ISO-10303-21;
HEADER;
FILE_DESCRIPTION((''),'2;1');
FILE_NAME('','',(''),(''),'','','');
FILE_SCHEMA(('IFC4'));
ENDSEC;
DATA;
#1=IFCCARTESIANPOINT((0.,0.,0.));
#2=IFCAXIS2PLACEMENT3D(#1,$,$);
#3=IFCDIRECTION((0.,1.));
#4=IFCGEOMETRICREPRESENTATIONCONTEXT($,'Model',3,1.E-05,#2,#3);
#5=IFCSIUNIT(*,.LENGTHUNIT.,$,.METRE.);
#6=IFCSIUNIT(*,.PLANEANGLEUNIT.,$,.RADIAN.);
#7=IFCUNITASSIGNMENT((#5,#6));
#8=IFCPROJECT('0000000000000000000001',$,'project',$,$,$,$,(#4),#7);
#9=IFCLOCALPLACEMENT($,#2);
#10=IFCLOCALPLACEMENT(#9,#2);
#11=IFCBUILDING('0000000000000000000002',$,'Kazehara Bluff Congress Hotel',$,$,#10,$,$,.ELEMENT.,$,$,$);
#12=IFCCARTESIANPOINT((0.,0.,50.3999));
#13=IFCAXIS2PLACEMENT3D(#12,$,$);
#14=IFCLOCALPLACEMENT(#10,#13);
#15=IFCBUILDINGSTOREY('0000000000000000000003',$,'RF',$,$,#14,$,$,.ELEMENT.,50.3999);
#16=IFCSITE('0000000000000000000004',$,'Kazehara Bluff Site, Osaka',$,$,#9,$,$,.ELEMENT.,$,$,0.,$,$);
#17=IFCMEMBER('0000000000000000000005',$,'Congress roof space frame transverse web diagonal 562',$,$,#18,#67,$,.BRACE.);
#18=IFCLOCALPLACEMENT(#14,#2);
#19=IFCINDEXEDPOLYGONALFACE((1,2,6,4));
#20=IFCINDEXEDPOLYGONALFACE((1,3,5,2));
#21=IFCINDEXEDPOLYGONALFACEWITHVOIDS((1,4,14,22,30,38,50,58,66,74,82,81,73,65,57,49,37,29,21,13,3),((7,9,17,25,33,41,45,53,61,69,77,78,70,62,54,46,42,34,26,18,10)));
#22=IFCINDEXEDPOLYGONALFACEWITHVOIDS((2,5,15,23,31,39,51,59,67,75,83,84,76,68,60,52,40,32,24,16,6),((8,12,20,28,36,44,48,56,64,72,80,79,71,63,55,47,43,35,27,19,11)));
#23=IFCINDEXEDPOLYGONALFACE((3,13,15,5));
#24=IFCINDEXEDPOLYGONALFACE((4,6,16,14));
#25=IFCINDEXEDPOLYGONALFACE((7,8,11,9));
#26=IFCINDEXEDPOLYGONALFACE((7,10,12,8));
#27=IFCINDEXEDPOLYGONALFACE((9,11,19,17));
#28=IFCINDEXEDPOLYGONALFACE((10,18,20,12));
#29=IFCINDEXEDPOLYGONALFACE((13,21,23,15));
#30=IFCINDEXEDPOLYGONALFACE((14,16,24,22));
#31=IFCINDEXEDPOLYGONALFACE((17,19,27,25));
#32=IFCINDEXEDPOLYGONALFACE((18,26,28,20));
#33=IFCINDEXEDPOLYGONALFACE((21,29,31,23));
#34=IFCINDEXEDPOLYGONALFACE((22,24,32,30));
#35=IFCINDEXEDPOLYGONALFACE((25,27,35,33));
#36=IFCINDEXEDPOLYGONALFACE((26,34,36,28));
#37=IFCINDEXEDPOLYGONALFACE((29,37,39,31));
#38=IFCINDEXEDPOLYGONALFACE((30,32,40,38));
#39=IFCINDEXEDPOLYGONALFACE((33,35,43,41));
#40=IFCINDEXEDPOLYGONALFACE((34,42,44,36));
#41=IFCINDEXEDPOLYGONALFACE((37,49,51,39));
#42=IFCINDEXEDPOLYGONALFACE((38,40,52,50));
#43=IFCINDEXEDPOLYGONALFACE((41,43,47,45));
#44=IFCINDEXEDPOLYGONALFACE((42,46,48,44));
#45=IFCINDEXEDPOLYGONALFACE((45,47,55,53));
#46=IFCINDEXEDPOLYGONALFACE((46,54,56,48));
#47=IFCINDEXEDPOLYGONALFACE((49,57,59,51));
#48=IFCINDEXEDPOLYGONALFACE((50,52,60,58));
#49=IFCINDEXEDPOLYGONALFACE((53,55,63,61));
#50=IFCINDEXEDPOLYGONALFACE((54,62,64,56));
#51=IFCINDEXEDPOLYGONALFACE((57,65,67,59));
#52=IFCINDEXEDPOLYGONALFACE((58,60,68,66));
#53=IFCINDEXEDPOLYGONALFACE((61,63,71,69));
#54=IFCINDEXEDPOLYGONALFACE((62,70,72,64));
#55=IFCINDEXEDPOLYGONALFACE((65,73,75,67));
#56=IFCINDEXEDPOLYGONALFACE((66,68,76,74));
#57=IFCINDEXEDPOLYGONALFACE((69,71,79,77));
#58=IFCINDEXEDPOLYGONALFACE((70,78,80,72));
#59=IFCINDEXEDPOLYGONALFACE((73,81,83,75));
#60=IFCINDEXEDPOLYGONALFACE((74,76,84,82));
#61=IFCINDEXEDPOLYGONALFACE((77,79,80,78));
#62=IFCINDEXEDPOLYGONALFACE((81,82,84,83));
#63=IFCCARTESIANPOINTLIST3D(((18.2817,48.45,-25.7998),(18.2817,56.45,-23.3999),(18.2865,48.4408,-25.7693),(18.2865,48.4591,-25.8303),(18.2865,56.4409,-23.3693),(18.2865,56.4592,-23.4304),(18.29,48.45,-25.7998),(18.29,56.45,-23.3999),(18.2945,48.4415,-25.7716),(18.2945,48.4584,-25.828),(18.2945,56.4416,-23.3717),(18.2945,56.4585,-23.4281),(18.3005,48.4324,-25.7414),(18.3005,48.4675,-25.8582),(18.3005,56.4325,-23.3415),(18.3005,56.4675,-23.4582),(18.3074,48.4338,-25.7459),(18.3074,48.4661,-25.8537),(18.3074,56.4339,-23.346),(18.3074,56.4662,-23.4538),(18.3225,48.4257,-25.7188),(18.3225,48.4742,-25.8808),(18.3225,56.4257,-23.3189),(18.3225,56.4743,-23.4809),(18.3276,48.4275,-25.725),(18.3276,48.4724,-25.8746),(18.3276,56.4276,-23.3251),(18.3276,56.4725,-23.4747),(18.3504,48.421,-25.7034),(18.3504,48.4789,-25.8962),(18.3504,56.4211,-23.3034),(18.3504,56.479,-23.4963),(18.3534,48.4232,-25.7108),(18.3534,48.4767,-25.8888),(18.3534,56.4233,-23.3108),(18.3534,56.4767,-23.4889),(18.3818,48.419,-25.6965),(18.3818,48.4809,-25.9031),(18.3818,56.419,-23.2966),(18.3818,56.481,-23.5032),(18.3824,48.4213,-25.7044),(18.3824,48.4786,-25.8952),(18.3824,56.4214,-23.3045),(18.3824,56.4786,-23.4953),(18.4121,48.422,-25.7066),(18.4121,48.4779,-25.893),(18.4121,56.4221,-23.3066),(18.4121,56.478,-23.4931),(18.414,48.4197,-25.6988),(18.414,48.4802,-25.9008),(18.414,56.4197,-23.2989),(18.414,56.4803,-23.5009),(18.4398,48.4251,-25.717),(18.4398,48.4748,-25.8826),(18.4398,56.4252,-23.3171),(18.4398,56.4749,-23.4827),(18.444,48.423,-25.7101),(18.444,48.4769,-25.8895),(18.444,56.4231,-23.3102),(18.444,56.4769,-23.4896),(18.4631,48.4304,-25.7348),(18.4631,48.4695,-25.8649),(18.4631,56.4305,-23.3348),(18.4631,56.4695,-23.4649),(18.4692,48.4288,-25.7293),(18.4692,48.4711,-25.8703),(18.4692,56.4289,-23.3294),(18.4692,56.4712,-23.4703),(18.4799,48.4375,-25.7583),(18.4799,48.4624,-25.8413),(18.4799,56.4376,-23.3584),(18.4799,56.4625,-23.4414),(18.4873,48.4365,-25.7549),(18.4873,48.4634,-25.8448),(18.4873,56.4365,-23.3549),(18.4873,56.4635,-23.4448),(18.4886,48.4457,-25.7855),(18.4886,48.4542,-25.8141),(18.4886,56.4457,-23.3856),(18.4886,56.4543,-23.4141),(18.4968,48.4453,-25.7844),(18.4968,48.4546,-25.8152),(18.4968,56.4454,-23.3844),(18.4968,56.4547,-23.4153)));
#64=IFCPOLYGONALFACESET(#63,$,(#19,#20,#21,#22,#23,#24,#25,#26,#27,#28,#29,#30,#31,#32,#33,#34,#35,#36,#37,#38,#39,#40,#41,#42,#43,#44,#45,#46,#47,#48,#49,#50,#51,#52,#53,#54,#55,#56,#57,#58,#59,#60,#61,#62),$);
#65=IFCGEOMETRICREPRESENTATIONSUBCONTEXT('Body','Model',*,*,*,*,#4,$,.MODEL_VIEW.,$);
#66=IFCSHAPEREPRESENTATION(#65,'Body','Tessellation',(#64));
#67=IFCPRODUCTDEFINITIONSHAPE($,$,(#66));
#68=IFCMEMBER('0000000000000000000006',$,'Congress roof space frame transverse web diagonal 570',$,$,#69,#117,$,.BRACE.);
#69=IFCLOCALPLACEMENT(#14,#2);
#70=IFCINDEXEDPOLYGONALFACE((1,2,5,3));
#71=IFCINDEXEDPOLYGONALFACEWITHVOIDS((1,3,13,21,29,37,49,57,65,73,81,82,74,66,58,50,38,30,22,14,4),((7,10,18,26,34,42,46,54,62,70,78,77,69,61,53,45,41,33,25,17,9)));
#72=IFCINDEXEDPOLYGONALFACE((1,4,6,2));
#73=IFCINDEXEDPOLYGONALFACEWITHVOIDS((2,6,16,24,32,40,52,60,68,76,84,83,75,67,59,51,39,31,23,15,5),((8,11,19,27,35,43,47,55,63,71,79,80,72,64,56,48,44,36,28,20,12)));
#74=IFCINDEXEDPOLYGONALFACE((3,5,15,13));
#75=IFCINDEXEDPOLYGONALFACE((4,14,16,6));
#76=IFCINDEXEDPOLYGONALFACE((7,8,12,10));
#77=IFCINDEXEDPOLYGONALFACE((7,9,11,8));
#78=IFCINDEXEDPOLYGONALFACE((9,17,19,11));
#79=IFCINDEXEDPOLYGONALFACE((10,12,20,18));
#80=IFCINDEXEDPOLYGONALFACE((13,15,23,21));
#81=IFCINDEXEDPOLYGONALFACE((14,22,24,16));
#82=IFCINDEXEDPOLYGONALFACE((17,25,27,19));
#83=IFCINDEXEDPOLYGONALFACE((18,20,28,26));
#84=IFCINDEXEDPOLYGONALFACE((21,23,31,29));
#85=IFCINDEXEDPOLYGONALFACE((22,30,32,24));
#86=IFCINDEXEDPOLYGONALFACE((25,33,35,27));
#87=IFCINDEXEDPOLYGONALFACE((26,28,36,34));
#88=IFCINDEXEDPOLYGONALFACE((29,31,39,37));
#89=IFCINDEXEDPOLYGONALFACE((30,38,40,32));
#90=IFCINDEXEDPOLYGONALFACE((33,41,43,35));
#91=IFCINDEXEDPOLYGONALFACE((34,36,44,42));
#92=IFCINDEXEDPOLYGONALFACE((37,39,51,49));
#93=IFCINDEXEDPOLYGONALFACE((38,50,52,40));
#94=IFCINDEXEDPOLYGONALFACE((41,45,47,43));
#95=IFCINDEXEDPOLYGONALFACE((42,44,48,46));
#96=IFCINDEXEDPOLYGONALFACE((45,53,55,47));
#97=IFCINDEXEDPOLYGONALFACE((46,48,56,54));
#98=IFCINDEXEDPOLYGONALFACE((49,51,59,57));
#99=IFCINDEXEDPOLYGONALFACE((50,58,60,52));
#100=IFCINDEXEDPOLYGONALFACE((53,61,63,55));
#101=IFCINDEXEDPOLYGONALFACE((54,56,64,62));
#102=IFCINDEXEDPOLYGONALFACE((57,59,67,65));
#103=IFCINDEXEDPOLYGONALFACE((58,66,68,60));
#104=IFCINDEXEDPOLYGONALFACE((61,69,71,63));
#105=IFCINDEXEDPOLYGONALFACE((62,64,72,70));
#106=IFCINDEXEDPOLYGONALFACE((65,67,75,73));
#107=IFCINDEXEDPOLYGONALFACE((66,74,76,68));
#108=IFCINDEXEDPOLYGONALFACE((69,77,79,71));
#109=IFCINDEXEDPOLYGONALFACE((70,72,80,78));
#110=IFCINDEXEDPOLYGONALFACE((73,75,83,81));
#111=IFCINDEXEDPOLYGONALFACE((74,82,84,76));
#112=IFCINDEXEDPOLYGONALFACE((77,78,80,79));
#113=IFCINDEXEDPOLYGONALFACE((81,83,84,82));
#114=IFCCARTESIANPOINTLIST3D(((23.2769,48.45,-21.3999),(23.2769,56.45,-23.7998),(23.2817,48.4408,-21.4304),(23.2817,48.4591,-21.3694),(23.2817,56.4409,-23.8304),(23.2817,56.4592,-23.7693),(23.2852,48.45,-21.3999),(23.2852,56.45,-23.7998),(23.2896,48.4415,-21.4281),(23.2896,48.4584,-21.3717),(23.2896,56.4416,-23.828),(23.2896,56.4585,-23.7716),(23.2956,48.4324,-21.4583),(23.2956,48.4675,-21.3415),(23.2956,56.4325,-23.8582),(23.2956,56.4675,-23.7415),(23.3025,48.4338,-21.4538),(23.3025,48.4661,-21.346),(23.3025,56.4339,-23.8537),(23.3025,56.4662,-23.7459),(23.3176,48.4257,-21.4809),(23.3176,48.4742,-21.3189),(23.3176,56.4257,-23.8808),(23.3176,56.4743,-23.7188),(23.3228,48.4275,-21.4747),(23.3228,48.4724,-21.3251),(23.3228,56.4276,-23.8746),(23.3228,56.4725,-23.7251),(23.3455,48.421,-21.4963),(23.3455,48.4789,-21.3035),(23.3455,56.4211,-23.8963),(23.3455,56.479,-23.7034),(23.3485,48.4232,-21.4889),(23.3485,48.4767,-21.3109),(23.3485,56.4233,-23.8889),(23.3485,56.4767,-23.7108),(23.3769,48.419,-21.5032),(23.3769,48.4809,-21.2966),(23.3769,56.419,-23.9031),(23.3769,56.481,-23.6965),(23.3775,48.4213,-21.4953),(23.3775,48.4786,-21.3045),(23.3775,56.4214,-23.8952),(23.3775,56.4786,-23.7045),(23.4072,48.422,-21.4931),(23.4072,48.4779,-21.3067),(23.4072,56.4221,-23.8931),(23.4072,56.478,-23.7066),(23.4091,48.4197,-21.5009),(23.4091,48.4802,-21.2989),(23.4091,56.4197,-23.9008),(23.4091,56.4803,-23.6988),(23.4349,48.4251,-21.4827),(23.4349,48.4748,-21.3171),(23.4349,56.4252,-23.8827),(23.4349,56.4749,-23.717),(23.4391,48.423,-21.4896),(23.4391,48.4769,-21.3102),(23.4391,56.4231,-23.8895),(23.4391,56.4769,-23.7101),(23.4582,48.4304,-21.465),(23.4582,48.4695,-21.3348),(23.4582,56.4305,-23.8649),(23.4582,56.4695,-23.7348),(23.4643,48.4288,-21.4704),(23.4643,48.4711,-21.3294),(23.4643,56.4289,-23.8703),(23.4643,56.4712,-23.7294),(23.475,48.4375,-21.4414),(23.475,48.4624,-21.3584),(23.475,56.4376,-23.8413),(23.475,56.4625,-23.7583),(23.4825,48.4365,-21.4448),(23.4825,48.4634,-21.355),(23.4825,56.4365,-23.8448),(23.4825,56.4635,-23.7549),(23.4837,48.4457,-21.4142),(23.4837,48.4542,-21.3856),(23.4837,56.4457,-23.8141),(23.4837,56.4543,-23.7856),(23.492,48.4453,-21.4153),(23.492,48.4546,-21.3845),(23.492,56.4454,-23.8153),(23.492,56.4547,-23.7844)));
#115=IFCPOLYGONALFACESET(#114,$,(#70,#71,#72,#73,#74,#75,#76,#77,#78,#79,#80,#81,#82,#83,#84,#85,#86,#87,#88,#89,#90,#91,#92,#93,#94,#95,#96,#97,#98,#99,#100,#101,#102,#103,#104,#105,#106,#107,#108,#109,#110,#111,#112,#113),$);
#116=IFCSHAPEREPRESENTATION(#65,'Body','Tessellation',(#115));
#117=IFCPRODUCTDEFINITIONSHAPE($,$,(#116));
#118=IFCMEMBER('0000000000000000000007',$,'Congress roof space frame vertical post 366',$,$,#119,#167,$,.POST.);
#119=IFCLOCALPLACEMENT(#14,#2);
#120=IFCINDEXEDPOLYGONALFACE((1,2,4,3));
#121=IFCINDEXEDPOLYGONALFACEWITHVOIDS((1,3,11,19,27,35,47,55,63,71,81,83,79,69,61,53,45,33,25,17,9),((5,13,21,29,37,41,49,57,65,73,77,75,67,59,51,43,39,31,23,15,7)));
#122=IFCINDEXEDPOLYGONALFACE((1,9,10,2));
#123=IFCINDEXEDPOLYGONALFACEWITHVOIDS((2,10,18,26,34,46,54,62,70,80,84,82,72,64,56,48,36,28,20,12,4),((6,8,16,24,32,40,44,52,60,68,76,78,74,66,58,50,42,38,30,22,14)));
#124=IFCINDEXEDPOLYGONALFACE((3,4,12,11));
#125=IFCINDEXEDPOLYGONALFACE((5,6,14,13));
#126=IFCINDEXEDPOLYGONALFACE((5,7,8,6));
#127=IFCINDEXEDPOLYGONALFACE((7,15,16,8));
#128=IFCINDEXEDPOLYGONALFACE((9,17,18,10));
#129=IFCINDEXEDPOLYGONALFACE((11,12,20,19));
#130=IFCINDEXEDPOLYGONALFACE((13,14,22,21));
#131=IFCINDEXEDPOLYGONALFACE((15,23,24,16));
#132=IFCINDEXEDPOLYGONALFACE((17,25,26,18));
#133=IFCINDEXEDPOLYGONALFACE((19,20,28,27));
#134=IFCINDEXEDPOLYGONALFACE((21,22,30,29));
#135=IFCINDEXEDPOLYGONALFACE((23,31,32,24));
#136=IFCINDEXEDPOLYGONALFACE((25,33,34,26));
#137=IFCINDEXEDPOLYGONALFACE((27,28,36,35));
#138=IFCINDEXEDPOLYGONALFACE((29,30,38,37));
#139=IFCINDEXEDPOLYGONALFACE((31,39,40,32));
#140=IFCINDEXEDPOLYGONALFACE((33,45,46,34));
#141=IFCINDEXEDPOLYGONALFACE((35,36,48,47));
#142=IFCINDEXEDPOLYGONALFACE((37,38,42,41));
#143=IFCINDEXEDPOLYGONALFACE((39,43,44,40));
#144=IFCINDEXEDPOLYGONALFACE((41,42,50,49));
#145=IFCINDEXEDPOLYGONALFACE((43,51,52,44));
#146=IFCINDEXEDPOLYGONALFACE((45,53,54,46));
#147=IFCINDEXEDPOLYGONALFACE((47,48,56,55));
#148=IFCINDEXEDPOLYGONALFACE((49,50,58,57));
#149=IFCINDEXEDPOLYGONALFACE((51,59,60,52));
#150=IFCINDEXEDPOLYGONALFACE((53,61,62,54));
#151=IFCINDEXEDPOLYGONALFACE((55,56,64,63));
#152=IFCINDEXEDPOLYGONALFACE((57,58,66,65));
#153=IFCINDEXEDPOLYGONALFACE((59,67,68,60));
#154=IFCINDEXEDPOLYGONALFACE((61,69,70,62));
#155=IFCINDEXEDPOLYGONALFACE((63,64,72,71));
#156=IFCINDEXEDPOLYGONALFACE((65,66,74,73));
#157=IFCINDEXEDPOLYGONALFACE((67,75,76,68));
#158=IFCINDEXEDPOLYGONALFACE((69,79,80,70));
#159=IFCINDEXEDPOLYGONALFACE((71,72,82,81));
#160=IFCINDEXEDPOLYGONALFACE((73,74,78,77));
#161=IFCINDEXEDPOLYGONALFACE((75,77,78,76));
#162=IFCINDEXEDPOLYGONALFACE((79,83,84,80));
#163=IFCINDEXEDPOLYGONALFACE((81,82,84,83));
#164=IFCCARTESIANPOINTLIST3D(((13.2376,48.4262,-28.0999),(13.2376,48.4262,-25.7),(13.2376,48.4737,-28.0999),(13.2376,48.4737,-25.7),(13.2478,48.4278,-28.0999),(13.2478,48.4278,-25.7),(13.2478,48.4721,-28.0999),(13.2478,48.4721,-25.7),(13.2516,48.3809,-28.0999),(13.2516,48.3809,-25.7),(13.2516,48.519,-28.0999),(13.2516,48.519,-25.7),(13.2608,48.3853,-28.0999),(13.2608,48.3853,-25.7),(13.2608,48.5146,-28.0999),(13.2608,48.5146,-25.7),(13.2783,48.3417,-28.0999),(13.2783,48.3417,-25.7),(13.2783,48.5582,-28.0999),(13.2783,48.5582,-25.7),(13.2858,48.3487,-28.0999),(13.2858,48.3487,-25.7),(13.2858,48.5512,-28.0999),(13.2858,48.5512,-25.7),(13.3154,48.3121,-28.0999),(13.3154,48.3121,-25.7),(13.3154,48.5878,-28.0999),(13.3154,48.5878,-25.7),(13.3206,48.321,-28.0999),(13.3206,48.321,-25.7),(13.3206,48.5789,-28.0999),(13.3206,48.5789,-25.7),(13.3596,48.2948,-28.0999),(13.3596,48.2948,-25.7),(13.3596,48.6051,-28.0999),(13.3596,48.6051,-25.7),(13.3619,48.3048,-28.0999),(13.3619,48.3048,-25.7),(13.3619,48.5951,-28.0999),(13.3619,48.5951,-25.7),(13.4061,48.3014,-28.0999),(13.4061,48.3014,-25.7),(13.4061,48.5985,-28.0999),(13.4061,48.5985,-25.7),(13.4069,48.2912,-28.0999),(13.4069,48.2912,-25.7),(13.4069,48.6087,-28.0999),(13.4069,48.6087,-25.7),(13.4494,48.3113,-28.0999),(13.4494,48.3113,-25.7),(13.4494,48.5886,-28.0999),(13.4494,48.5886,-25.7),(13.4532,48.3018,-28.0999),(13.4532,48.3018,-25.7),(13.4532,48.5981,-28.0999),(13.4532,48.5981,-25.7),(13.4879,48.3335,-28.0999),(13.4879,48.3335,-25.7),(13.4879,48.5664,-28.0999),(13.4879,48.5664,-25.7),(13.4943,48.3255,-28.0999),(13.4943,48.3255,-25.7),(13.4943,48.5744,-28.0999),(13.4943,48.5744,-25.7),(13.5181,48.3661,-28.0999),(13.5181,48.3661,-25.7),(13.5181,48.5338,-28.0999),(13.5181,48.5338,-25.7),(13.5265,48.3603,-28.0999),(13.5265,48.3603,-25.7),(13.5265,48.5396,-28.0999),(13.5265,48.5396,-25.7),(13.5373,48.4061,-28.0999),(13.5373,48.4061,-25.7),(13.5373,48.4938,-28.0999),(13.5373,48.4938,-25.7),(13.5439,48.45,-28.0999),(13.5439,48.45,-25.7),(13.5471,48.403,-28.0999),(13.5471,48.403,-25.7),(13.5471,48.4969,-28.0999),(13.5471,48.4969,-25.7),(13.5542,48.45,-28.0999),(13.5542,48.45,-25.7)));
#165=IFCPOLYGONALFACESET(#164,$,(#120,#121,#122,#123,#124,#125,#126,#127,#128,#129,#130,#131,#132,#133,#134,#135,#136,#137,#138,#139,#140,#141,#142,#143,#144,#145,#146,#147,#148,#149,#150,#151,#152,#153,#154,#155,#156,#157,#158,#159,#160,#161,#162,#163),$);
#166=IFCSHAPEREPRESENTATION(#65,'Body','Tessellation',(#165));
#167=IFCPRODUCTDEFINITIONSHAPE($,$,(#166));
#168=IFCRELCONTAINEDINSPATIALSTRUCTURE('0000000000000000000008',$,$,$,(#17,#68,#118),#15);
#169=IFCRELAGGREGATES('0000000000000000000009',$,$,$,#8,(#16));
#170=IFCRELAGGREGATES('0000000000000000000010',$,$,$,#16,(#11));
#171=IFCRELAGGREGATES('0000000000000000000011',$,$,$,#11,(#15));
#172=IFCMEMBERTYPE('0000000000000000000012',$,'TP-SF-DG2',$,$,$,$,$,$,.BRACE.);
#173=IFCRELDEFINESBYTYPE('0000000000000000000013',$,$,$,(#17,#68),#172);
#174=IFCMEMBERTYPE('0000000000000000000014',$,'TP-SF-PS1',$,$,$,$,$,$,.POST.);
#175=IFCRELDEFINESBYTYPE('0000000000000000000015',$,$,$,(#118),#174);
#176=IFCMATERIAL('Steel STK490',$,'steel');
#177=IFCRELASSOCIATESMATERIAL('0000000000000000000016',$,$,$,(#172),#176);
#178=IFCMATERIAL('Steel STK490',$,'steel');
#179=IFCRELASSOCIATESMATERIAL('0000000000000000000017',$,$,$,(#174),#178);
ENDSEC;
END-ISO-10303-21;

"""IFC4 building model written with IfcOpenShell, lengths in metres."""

from ifc_helpers import new_model, si_unit, direction, frame, origin, origin_2d, place, context, subcontext, project, spatial, hollow_circle, extrude, material, material_profile, profile_set, type_object, element, save


model = new_model("IFC4")

# Units and contexts
model_context = context("Model", 3, precision=1e-05, world=origin(), true_north=direction((0.0, 1.0)))
body_context = subcontext(model_context, "Body", "Model", "MODEL_VIEW")
ifc_project = project(units=[si_unit("LENGTHUNIT", "METRE"), si_unit("PLANEANGLEUNIT", "RADIAN")], contexts=[model_context])

# Site, building, storey
site_placement = place(None, origin())
site = spatial("IfcSite", under=ifc_project, at=site_placement, Name="Kazehara Bluff Site, Osaka", CompositionType="ELEMENT", RefElevation=0.0)
building_placement = place(site_placement, origin())
building = spatial("IfcBuilding", under=site, at=building_placement, Name="Kazehara Bluff Congress Hotel", CompositionType="ELEMENT")
storey_placement = place(building_placement, frame((0.0, 0.0, 50.3999)))
storey = spatial("IfcBuildingStorey", under=building, at=storey_placement, Name="RF", CompositionType="ELEMENT", Elevation=50.3999)

# Members
ifc_material_1 = material(Name="Steel STK490", Category="steel")
ifc_material_profile_1 = material_profile(ifc_material_1, hollow_circle(Radius=0.1082, WallThickness=0.0083, at=origin_2d()))
ifc_profile_set_1 = profile_set([ifc_material_profile_1], Name="Steel STK490")
member_type_1 = type_object("IfcMemberType", Name="TP-SF-DG2", PredefinedType="BRACE", material=ifc_profile_set_1)
for number, where, z_axis, x_axis, name in (
    (1, (18.3899, 48.45, -25.7998), (0.0, 0.95783, 0.287337), (-1.0, 0.0, 0.0), "Congress roof space frame transverse web diagonal 562"),
    (2, (23.385, 48.45, -21.3999), (0.0, 0.95783, -0.287337), (-1.0, 0.0, 0.0), "Congress roof space frame transverse web diagonal 570"),
):
    element("IfcMember", number, at=place(storey_placement, frame(where, z_axis=z_axis, x_axis=x_axis)), inside=storey, type_object=member_type_1, Name=name, PredefinedType="BRACE", context=body_context, shape_type="SweptSolid", body=[
        extrude(hollow_circle(Radius=0.1082, WallThickness=0.0083, at=origin_2d()), origin(), (0.0, 0.0, 1.0), 8.3523),
    ])
ifc_material_2 = material(Name="Steel STK490", Category="steel")
ifc_material_profile_2 = material_profile(ifc_material_2, hollow_circle(Radius=0.1592, WallThickness=0.0103, at=origin_2d()))
ifc_profile_set_2 = profile_set([ifc_material_profile_2], Name="Steel STK490")
member_type_2 = type_object("IfcMemberType", Name="TP-SF-PS1", PredefinedType="POST", material=ifc_profile_set_2)
for number, where, z_axis, x_axis, name in (
    (3, (13.395, 48.45, -28.0999), (0.0, 0.0, 1.0), (1.0, 0.0, 0.0), "Congress roof space frame vertical post 366"),
):
    element("IfcMember", number, at=place(storey_placement, frame(where, z_axis=z_axis, x_axis=x_axis)), inside=storey, type_object=member_type_2, Name=name, PredefinedType="POST", context=body_context, shape_type="SweptSolid", body=[
        extrude(hollow_circle(Radius=0.1592, WallThickness=0.0103, at=origin_2d()), origin(), (0.0, 0.0, 1.0), 2.3999),
    ])

save(model, "model.ifc")
